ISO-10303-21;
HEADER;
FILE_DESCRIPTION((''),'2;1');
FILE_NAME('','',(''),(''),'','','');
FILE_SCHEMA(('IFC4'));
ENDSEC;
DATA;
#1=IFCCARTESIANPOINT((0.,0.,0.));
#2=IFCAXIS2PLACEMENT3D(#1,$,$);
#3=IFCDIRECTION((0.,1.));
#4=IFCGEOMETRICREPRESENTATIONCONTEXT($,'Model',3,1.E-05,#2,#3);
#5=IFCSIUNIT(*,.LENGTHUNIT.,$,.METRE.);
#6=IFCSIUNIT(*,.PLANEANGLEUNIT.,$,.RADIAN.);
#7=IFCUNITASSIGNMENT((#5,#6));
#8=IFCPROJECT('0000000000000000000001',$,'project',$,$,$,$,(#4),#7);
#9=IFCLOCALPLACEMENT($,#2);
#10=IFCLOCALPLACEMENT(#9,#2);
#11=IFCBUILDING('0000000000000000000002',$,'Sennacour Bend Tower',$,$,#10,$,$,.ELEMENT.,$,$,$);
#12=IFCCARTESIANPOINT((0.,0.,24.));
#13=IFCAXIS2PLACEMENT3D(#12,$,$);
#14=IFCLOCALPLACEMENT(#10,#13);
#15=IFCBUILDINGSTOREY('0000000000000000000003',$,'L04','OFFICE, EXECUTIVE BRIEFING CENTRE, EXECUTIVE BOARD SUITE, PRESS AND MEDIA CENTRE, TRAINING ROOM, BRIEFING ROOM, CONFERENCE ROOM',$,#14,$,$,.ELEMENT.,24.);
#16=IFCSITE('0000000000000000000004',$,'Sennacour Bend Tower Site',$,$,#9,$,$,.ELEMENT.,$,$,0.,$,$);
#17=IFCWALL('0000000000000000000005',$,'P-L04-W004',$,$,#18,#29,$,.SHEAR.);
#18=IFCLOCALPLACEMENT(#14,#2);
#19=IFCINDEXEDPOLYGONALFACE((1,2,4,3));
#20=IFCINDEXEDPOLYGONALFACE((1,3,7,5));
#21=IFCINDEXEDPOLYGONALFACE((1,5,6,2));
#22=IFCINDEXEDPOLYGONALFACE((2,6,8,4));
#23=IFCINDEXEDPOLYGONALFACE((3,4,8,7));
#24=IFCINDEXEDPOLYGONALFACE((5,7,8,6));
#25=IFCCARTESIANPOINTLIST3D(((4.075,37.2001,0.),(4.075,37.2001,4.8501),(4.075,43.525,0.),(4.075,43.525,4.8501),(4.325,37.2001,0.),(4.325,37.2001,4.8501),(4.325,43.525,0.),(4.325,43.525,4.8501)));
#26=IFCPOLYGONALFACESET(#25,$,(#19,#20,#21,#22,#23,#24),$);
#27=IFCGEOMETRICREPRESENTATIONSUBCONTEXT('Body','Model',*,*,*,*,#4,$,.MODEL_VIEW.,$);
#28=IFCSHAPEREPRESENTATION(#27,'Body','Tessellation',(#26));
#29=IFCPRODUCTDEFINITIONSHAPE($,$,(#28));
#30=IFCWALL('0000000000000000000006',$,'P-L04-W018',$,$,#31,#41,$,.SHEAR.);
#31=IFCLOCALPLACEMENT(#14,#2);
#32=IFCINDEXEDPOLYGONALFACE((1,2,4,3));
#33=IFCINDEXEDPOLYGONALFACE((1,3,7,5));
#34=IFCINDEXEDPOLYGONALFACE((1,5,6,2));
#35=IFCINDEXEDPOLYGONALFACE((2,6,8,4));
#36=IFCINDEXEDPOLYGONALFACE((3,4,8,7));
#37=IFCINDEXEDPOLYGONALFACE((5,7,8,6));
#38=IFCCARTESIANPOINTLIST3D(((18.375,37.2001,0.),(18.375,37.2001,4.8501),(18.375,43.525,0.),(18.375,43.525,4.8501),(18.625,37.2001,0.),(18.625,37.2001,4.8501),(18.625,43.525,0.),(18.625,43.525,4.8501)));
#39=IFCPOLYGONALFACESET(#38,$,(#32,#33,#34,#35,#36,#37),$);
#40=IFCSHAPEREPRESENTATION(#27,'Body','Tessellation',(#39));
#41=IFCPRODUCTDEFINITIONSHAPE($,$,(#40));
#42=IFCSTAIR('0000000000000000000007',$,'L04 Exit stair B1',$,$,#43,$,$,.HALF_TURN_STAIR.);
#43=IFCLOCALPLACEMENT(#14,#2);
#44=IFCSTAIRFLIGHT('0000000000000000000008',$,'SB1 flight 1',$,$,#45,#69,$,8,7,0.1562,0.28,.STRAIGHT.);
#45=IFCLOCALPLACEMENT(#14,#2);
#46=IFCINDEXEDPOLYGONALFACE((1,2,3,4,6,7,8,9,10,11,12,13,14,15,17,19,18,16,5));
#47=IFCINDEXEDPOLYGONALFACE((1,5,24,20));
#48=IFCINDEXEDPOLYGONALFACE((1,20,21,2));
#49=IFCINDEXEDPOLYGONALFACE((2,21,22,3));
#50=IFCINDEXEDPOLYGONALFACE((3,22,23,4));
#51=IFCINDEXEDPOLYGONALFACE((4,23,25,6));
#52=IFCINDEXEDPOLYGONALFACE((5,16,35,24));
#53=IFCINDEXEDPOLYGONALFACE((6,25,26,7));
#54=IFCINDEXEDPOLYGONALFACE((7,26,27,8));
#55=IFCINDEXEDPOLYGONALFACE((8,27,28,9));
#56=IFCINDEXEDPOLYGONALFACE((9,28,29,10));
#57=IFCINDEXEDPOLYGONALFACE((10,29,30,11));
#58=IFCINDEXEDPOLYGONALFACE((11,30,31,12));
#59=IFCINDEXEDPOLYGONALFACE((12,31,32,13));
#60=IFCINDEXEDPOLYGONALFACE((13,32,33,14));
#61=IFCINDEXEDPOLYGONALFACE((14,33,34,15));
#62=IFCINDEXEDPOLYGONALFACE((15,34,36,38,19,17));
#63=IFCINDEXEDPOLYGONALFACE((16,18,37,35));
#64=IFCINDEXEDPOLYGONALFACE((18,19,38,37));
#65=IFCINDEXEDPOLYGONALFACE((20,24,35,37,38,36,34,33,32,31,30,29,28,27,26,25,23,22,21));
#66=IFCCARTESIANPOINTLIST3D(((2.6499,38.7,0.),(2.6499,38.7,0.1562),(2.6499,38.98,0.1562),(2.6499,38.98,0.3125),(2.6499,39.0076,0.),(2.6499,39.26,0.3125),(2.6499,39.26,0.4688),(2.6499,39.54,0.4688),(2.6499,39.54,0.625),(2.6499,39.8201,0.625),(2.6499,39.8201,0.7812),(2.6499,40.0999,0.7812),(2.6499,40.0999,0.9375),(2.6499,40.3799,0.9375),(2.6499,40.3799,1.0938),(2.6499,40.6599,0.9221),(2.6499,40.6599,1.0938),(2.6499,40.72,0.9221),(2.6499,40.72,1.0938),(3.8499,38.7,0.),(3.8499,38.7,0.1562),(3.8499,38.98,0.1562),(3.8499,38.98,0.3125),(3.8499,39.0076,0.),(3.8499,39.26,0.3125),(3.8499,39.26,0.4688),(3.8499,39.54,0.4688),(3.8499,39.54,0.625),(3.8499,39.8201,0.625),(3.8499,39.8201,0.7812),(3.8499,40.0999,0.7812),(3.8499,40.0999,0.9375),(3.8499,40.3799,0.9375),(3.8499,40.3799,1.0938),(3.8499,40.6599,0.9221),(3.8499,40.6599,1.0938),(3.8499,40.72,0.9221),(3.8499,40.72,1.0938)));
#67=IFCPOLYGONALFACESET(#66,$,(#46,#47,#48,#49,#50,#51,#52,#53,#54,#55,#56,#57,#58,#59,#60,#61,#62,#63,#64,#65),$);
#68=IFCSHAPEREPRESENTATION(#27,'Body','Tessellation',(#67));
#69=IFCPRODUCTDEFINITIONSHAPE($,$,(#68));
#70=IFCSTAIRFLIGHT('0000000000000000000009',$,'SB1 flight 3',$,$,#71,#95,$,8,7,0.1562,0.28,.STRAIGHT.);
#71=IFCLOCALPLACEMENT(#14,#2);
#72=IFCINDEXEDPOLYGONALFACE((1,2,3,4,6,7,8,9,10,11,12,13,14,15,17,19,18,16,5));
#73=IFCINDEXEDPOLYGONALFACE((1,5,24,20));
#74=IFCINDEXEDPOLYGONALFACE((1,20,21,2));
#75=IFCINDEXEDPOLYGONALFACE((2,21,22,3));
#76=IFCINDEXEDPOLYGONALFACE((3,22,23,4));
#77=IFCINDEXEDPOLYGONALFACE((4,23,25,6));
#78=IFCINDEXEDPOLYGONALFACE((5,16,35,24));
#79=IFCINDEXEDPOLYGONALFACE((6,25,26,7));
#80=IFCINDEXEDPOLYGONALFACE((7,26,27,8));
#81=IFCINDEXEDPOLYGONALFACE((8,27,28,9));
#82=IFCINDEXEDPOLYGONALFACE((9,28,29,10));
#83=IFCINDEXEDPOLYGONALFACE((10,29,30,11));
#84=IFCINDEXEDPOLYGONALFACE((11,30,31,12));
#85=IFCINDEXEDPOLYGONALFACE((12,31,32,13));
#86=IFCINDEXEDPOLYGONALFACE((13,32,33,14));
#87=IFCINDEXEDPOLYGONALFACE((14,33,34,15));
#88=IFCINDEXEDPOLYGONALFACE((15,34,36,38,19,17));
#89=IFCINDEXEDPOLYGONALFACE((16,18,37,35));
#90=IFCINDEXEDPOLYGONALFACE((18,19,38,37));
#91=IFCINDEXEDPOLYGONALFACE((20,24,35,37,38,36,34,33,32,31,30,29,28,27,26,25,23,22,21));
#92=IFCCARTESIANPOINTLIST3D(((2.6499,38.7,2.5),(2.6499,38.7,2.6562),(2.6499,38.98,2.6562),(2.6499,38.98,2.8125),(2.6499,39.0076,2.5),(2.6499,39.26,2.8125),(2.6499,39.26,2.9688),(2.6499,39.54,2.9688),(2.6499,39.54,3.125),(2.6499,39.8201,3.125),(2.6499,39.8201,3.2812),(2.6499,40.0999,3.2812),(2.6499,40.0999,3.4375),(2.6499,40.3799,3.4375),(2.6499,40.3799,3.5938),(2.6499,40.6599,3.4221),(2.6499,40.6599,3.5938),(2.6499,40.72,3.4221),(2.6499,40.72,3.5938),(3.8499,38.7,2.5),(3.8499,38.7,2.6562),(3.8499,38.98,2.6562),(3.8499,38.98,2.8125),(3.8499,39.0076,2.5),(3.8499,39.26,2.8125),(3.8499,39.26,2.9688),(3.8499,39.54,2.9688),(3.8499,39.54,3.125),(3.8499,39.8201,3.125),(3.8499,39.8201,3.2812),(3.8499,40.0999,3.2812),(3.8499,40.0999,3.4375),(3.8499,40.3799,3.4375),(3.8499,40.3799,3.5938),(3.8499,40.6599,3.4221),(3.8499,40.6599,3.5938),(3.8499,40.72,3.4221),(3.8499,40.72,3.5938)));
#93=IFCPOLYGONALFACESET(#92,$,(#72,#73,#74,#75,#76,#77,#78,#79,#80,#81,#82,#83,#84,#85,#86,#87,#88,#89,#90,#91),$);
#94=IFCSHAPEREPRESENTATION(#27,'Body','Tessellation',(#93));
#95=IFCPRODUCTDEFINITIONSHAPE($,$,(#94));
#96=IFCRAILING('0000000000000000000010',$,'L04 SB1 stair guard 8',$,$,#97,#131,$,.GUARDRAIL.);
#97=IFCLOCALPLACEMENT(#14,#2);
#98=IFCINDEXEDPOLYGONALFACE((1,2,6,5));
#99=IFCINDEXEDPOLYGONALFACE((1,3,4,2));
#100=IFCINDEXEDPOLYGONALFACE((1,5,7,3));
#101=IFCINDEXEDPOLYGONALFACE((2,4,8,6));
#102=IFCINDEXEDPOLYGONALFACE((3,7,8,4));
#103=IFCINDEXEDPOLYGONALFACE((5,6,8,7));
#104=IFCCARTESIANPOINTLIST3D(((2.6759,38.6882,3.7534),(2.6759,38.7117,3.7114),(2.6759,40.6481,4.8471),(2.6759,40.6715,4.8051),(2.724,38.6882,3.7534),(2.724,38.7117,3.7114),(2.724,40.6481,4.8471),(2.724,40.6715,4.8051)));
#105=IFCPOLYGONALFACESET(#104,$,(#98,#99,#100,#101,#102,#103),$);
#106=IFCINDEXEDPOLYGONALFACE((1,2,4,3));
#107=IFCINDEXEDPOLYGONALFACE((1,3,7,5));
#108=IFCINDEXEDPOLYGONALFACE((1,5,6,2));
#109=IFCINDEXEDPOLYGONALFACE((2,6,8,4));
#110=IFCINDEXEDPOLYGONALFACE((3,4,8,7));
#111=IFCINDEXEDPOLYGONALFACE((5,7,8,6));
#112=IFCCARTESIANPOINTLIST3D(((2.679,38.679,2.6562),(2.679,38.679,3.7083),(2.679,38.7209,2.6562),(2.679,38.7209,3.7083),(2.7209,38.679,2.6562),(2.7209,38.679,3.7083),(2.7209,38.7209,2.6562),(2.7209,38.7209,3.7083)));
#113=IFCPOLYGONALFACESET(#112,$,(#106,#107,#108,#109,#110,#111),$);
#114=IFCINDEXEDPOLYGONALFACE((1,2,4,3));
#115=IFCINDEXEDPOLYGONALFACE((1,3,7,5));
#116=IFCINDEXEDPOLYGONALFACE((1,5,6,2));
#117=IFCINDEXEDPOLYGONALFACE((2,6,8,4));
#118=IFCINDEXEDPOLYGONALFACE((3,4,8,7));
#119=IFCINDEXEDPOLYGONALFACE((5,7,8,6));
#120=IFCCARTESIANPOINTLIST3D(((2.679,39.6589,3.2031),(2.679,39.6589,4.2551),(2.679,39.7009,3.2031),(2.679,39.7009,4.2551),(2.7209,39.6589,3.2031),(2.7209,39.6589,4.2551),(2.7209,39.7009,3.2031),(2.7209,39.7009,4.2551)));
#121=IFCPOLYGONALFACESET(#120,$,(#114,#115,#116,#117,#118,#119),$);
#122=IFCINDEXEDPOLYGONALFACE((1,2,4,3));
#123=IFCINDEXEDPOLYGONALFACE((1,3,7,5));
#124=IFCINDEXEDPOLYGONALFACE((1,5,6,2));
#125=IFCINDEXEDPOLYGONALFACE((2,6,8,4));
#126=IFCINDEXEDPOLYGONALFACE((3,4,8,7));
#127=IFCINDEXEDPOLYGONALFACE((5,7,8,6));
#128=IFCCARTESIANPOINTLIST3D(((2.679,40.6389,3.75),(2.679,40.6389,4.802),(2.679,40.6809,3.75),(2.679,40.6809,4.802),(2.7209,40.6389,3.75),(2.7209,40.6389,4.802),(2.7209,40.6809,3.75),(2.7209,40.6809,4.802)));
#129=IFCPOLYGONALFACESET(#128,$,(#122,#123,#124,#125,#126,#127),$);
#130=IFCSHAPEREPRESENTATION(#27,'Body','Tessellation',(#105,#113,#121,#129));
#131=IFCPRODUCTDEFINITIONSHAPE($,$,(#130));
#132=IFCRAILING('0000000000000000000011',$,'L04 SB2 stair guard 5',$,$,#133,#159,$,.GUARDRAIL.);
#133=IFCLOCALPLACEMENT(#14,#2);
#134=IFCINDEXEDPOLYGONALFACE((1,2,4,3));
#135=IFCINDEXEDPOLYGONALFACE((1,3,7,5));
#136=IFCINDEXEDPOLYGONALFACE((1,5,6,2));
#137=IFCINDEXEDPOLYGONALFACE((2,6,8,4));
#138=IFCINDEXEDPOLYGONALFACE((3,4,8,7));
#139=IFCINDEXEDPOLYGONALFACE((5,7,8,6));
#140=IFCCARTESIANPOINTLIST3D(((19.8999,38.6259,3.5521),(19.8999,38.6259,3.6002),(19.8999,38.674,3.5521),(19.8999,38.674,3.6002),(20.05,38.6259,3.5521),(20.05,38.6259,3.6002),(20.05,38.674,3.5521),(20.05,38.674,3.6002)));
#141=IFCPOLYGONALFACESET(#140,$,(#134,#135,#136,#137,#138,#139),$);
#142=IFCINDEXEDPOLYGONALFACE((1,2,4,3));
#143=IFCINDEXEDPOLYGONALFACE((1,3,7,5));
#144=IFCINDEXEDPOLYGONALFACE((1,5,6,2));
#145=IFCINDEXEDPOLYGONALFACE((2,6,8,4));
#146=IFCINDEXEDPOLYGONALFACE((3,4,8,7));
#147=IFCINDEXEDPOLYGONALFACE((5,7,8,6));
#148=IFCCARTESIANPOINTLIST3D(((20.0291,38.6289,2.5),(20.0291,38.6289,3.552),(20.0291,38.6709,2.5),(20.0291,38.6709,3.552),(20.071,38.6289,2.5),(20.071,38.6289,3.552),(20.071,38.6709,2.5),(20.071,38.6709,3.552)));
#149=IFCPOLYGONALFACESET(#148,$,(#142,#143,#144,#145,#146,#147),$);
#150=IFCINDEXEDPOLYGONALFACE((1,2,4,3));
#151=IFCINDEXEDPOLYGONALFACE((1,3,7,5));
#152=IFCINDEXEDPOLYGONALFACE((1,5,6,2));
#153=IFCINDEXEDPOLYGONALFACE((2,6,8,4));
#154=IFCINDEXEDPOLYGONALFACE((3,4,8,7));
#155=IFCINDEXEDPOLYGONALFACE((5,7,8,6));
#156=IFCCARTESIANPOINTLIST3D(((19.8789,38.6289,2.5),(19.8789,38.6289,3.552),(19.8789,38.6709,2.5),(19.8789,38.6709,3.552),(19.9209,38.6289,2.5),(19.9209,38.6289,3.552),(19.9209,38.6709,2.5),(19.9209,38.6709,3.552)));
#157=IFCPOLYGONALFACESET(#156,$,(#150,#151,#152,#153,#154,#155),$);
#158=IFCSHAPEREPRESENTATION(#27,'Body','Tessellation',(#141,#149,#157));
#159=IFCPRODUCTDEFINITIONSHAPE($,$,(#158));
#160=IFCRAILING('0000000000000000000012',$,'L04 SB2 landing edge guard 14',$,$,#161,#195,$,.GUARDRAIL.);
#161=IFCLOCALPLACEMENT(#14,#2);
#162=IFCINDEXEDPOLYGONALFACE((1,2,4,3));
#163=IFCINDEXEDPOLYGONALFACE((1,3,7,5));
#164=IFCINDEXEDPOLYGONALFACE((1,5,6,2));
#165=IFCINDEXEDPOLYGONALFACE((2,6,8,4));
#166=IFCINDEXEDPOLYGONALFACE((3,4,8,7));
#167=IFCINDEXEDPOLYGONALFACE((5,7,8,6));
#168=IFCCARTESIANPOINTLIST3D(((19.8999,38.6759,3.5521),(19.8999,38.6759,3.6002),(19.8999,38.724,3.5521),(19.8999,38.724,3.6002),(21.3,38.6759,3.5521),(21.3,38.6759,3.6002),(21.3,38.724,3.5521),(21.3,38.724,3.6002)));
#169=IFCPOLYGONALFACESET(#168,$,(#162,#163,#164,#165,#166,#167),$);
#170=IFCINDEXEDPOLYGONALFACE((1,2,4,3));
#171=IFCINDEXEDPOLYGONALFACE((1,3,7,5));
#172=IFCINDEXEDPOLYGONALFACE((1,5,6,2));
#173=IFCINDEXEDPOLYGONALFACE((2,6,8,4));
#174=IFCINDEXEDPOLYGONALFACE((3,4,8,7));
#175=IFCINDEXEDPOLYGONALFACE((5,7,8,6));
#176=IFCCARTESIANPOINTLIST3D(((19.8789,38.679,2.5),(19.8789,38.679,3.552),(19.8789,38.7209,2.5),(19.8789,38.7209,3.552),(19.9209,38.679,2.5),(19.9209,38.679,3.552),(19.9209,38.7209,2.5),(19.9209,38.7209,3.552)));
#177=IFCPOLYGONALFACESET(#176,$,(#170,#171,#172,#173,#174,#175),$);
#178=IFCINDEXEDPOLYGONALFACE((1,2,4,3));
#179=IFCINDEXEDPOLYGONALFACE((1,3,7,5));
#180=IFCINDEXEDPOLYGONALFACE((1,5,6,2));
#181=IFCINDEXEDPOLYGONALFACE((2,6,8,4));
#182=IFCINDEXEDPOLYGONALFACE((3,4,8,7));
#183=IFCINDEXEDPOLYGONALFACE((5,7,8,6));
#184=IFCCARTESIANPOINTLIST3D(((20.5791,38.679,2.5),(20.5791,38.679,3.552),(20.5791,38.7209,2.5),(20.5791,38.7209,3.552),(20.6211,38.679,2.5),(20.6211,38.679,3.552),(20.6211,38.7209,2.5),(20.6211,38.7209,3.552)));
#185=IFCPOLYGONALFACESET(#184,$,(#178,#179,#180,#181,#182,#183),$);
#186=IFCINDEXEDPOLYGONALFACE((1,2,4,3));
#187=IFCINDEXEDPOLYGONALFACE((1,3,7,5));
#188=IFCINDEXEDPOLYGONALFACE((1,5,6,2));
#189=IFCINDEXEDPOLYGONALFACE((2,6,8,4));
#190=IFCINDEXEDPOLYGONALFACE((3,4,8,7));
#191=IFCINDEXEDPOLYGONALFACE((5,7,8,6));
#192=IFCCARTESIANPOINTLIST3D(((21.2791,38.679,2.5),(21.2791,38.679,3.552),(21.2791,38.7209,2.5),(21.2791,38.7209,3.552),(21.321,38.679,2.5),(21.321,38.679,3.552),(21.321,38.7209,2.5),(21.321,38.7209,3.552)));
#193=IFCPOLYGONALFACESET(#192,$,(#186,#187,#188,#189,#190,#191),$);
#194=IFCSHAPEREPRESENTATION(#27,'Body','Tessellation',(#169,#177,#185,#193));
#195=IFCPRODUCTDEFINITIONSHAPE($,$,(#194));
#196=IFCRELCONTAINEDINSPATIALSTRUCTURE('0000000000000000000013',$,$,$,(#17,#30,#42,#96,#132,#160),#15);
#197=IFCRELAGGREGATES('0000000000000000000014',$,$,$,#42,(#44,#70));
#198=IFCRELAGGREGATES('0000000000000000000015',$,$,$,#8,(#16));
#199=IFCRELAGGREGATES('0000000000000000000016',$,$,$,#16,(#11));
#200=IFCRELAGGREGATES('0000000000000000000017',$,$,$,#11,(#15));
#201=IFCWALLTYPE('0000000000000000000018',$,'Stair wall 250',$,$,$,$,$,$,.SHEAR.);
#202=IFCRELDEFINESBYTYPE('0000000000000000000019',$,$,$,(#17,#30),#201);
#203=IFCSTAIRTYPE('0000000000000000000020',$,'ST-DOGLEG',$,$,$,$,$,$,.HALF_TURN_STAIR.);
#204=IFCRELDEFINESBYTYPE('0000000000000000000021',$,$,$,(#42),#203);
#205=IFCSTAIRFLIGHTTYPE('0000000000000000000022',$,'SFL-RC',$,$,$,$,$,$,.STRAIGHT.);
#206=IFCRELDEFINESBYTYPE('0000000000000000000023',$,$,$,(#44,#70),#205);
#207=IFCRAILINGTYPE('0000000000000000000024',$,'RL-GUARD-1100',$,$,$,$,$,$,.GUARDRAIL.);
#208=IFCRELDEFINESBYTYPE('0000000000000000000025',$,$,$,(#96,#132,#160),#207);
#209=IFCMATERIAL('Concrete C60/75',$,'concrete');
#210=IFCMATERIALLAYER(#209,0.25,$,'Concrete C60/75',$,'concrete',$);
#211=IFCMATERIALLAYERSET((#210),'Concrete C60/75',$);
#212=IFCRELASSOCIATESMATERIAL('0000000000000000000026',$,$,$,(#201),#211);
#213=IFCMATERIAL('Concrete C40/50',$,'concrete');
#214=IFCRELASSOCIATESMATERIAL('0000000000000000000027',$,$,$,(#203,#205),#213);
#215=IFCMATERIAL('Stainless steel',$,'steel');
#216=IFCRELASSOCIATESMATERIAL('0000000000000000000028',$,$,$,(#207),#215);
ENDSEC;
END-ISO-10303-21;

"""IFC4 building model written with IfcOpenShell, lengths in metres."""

from ifc_helpers import new_model, si_unit, direction, frame, frame_2d, origin, origin_2d, place, context, subcontext, project, spatial, polyline, rectangle, outline, extrude, material, layer, layer_set, type_object, element, aggregate, save


model = new_model("IFC4")

# Units and contexts
model_context = context("Model", 3, precision=1e-05, world=origin(), true_north=direction((0.0, 1.0)))
body_context = subcontext(model_context, "Body", "Model", "MODEL_VIEW")
ifc_project = project(units=[si_unit("LENGTHUNIT", "METRE"), si_unit("PLANEANGLEUNIT", "RADIAN")], contexts=[model_context])

# Site, building, storey
site_placement = place(None, origin())
site = spatial("IfcSite", under=ifc_project, at=site_placement, Name="Sennacour Bend Tower Site", CompositionType="ELEMENT", RefElevation=0.0)
building_placement = place(site_placement, origin())
building = spatial("IfcBuilding", under=site, at=building_placement, Name="Sennacour Bend Tower", CompositionType="ELEMENT")
storey_placement = place(building_placement, frame((0.0, 0.0, 24.0)))
storey = spatial("IfcBuildingStorey", under=building, at=storey_placement, Name="L04", Description="OFFICE, EXECUTIVE BRIEFING CENTRE, EXECUTIVE BOARD SUITE, PRESS AND MEDIA CENTRE, TRAINING ROOM, BRIEFING ROOM, CONFERENCE ROOM", CompositionType="ELEMENT", Elevation=24.0)

# Shared definitions
ifc_material_1 = material(Name="Stainless steel", Category="steel")

# Walls
ifc_material_2 = material(Name="Concrete C60/75", Category="concrete")
ifc_layer_1 = layer(ifc_material_2, 0.25, Name="Concrete C60/75", Category="concrete")
ifc_layer_set_1 = layer_set([ifc_layer_1], Name="Concrete C60/75")
wall_type_1 = type_object("IfcWallType", Name="Stair wall 250", PredefinedType="SHEAR", material=ifc_layer_set_1)
for number, where, z_axis, x_axis, name in (
    (1, (4.2, 37.2, 0.0), (0.0, 0.0, 1.0), (0.0, 1.0, 0.0), "P-L04-W004"),
    (2, (18.5, 37.2, 0.0), (0.0, 0.0, 1.0), (0.0, 1.0, 0.0), "P-L04-W018"),
):
    element("IfcWall", number, at=place(storey_placement, frame(where, z_axis=z_axis, x_axis=x_axis)), inside=storey, type_object=wall_type_1, Name=name, PredefinedType="SHEAR", context=body_context, shape_type="SweptSolid", body=[
        extrude(rectangle(XDim=6.325, YDim=0.25, at=frame_2d((3.1626, 0.0))), origin(), (0.0, 0.0, 1.0), 4.8501),
    ])

# Stair, stair flights
ifc_material_3 = material(Name="Concrete C40/50", Category="concrete")
stair_type = type_object("IfcStairType", Name="ST-DOGLEG", PredefinedType="HALF_TURN_STAIR", material=ifc_material_3)
stair_placement = place(storey_placement, origin())
stair = element("IfcStair", 3, at=stair_placement, inside=storey, type_object=stair_type, Name="L04 Exit stair B1", PredefinedType="HALF_TURN_STAIR")
stair_flight_type = type_object("IfcStairFlightType", Name="SFL-RC", PredefinedType="STRAIGHT", material=ifc_material_3)
stair_flight_1_placement = place(storey_placement, frame((3.25, 38.7, 0.0), z_axis=(0.0, 0.0, 1.0), x_axis=(0.0, 1.0, 0.0)))
stair_flight_1 = element("IfcStairFlight", 4, at=stair_flight_1_placement, type_object=stair_flight_type, Name="SB1 flight 1", NumberOfRisers=8, NumberOfTreads=7, PredefinedType="STRAIGHT", RiserHeight=0.1562, TreadLength=0.28, context=body_context, shape_type="SweptSolid", body=[
    extrude(outline(polyline([(0.0, 0.0), (0.0, 0.1562), (0.28, 0.1562), (0.28, 0.3125), (0.5601, 0.3125), (0.5601, 0.4688), (0.8401, 0.4688), (0.8401, 0.625), (1.1201, 0.625), (1.1201, 0.7812), (1.3999, 0.7812), (1.3999, 0.9375), (1.6799, 0.9375), (1.6799, 1.0938), (1.96, 1.0938), (2.02, 1.0938), (2.02, 0.9221), (1.96, 0.9221), (0.3076, 0.0), (0.0, 0.0)])), frame((0.0, 0.6001, 0.0), z_axis=(0.0, -1.0, 0.0), x_axis=(1.0, 0.0, 0.0)), (0.0, 0.0, 1.0), 1.2),
])
stair_flight_2_placement = place(storey_placement, frame((3.25, 38.7, 2.5), z_axis=(0.0, 0.0, 1.0), x_axis=(0.0, 1.0, 0.0)))
stair_flight_2 = element("IfcStairFlight", 5, at=stair_flight_2_placement, type_object=stair_flight_type, Name="SB1 flight 3", NumberOfRisers=8, NumberOfTreads=7, PredefinedType="STRAIGHT", RiserHeight=0.1562, TreadLength=0.28, context=body_context, shape_type="SweptSolid", body=[
    extrude(outline(polyline([(0.0, 0.0), (0.0, 0.1562), (0.28, 0.1562), (0.28, 0.3125), (0.5601, 0.3125), (0.5601, 0.4688), (0.8401, 0.4688), (0.8401, 0.625), (1.1201, 0.625), (1.1201, 0.7812), (1.3999, 0.7812), (1.3999, 0.9375), (1.6799, 0.9375), (1.6799, 1.0938), (1.96, 1.0938), (2.02, 1.0938), (2.02, 0.9221), (1.96, 0.9221), (0.3076, 0.0), (0.0, 0.0)])), frame((0.0, 0.6001, 0.0), z_axis=(0.0, -1.0, 0.0), x_axis=(1.0, 0.0, 0.0)), (0.0, 0.0, 1.0), 1.2),
])
aggregate(stair, [stair_flight_1, stair_flight_2])

# Railings
railing_type_1 = type_object("IfcRailingType", Name="RL-GUARD-1100", PredefinedType="GUARDRAIL", material=ifc_material_1)
railing_1_placement = place(storey_placement, frame((2.7, 38.7, 2.6562)))
element("IfcRailing", 6, at=railing_1_placement, inside=storey, type_object=railing_type_1, Name="L04 SB1 stair guard 8", PredefinedType="GUARDRAIL", context=body_context, shape_type="SweptSolid", body=[
    extrude(rectangle(XDim=0.0481, YDim=0.0481, at=origin_2d()), frame((0.0, 0.0, 1.0762), z_axis=(0.0, 0.873232, 0.487304), x_axis=(-1.0, 0.0, 0.0)), (0.0, 0.0, 1.0), 2.2444),
    extrude(rectangle(XDim=0.042, YDim=0.042, at=origin_2d()), origin(), (0.0, 0.0, 1.0), 1.052),
    extrude(rectangle(XDim=0.042, YDim=0.042, at=origin_2d()), frame((0.0, 0.98, 0.5469)), (0.0, 0.0, 1.0), 1.052),
    extrude(rectangle(XDim=0.042, YDim=0.042, at=origin_2d()), frame((0.0, 1.96, 1.0938)), (0.0, 0.0, 1.0), 1.052),
])
railing_2_placement = place(storey_placement, frame((20.05, 38.6499, 2.5)))
element("IfcRailing", 7, at=railing_2_placement, inside=storey, type_object=railing_type_1, Name="L04 SB2 stair guard 5", PredefinedType="GUARDRAIL", context=body_context, shape_type="SweptSolid", body=[
    extrude(rectangle(XDim=0.0481, YDim=0.0481, at=origin_2d()), frame((0.0, 0.0, 1.0762), z_axis=(-1.0, 0.0, 0.0), x_axis=(0.0, -1.0, 0.0)), (0.0, 0.0, 1.0), 0.1501),
    extrude(rectangle(XDim=0.042, YDim=0.042, at=origin_2d()), origin(), (0.0, 0.0, 1.0), 1.052),
    extrude(rectangle(XDim=0.042, YDim=0.042, at=origin_2d()), frame((-0.1501, 0.0, 0.0)), (0.0, 0.0, 1.0), 1.052),
])
railing_3_placement = place(storey_placement, frame((19.8999, 38.7, 2.5)))
element("IfcRailing", 8, at=railing_3_placement, inside=storey, type_object=railing_type_1, Name="L04 SB2 landing edge guard 14", PredefinedType="GUARDRAIL", context=body_context, shape_type="SweptSolid", body=[
    extrude(rectangle(XDim=0.0481, YDim=0.0481, at=origin_2d()), frame((0.0, 0.0, 1.0762), z_axis=(1.0, 0.0, 0.0), x_axis=(0.0, 1.0, 0.0)), (0.0, 0.0, 1.0), 1.4001),
    extrude(rectangle(XDim=0.042, YDim=0.042, at=origin_2d()), origin(), (0.0, 0.0, 1.0), 1.052),
    extrude(rectangle(XDim=0.042, YDim=0.042, at=origin_2d()), frame((0.7002, 0.0, 0.0)), (0.0, 0.0, 1.0), 1.052),
    extrude(rectangle(XDim=0.042, YDim=0.042, at=origin_2d()), frame((1.4001, 0.0, 0.0)), (0.0, 0.0, 1.0), 1.052),
])

save(model, "model.ifc")
